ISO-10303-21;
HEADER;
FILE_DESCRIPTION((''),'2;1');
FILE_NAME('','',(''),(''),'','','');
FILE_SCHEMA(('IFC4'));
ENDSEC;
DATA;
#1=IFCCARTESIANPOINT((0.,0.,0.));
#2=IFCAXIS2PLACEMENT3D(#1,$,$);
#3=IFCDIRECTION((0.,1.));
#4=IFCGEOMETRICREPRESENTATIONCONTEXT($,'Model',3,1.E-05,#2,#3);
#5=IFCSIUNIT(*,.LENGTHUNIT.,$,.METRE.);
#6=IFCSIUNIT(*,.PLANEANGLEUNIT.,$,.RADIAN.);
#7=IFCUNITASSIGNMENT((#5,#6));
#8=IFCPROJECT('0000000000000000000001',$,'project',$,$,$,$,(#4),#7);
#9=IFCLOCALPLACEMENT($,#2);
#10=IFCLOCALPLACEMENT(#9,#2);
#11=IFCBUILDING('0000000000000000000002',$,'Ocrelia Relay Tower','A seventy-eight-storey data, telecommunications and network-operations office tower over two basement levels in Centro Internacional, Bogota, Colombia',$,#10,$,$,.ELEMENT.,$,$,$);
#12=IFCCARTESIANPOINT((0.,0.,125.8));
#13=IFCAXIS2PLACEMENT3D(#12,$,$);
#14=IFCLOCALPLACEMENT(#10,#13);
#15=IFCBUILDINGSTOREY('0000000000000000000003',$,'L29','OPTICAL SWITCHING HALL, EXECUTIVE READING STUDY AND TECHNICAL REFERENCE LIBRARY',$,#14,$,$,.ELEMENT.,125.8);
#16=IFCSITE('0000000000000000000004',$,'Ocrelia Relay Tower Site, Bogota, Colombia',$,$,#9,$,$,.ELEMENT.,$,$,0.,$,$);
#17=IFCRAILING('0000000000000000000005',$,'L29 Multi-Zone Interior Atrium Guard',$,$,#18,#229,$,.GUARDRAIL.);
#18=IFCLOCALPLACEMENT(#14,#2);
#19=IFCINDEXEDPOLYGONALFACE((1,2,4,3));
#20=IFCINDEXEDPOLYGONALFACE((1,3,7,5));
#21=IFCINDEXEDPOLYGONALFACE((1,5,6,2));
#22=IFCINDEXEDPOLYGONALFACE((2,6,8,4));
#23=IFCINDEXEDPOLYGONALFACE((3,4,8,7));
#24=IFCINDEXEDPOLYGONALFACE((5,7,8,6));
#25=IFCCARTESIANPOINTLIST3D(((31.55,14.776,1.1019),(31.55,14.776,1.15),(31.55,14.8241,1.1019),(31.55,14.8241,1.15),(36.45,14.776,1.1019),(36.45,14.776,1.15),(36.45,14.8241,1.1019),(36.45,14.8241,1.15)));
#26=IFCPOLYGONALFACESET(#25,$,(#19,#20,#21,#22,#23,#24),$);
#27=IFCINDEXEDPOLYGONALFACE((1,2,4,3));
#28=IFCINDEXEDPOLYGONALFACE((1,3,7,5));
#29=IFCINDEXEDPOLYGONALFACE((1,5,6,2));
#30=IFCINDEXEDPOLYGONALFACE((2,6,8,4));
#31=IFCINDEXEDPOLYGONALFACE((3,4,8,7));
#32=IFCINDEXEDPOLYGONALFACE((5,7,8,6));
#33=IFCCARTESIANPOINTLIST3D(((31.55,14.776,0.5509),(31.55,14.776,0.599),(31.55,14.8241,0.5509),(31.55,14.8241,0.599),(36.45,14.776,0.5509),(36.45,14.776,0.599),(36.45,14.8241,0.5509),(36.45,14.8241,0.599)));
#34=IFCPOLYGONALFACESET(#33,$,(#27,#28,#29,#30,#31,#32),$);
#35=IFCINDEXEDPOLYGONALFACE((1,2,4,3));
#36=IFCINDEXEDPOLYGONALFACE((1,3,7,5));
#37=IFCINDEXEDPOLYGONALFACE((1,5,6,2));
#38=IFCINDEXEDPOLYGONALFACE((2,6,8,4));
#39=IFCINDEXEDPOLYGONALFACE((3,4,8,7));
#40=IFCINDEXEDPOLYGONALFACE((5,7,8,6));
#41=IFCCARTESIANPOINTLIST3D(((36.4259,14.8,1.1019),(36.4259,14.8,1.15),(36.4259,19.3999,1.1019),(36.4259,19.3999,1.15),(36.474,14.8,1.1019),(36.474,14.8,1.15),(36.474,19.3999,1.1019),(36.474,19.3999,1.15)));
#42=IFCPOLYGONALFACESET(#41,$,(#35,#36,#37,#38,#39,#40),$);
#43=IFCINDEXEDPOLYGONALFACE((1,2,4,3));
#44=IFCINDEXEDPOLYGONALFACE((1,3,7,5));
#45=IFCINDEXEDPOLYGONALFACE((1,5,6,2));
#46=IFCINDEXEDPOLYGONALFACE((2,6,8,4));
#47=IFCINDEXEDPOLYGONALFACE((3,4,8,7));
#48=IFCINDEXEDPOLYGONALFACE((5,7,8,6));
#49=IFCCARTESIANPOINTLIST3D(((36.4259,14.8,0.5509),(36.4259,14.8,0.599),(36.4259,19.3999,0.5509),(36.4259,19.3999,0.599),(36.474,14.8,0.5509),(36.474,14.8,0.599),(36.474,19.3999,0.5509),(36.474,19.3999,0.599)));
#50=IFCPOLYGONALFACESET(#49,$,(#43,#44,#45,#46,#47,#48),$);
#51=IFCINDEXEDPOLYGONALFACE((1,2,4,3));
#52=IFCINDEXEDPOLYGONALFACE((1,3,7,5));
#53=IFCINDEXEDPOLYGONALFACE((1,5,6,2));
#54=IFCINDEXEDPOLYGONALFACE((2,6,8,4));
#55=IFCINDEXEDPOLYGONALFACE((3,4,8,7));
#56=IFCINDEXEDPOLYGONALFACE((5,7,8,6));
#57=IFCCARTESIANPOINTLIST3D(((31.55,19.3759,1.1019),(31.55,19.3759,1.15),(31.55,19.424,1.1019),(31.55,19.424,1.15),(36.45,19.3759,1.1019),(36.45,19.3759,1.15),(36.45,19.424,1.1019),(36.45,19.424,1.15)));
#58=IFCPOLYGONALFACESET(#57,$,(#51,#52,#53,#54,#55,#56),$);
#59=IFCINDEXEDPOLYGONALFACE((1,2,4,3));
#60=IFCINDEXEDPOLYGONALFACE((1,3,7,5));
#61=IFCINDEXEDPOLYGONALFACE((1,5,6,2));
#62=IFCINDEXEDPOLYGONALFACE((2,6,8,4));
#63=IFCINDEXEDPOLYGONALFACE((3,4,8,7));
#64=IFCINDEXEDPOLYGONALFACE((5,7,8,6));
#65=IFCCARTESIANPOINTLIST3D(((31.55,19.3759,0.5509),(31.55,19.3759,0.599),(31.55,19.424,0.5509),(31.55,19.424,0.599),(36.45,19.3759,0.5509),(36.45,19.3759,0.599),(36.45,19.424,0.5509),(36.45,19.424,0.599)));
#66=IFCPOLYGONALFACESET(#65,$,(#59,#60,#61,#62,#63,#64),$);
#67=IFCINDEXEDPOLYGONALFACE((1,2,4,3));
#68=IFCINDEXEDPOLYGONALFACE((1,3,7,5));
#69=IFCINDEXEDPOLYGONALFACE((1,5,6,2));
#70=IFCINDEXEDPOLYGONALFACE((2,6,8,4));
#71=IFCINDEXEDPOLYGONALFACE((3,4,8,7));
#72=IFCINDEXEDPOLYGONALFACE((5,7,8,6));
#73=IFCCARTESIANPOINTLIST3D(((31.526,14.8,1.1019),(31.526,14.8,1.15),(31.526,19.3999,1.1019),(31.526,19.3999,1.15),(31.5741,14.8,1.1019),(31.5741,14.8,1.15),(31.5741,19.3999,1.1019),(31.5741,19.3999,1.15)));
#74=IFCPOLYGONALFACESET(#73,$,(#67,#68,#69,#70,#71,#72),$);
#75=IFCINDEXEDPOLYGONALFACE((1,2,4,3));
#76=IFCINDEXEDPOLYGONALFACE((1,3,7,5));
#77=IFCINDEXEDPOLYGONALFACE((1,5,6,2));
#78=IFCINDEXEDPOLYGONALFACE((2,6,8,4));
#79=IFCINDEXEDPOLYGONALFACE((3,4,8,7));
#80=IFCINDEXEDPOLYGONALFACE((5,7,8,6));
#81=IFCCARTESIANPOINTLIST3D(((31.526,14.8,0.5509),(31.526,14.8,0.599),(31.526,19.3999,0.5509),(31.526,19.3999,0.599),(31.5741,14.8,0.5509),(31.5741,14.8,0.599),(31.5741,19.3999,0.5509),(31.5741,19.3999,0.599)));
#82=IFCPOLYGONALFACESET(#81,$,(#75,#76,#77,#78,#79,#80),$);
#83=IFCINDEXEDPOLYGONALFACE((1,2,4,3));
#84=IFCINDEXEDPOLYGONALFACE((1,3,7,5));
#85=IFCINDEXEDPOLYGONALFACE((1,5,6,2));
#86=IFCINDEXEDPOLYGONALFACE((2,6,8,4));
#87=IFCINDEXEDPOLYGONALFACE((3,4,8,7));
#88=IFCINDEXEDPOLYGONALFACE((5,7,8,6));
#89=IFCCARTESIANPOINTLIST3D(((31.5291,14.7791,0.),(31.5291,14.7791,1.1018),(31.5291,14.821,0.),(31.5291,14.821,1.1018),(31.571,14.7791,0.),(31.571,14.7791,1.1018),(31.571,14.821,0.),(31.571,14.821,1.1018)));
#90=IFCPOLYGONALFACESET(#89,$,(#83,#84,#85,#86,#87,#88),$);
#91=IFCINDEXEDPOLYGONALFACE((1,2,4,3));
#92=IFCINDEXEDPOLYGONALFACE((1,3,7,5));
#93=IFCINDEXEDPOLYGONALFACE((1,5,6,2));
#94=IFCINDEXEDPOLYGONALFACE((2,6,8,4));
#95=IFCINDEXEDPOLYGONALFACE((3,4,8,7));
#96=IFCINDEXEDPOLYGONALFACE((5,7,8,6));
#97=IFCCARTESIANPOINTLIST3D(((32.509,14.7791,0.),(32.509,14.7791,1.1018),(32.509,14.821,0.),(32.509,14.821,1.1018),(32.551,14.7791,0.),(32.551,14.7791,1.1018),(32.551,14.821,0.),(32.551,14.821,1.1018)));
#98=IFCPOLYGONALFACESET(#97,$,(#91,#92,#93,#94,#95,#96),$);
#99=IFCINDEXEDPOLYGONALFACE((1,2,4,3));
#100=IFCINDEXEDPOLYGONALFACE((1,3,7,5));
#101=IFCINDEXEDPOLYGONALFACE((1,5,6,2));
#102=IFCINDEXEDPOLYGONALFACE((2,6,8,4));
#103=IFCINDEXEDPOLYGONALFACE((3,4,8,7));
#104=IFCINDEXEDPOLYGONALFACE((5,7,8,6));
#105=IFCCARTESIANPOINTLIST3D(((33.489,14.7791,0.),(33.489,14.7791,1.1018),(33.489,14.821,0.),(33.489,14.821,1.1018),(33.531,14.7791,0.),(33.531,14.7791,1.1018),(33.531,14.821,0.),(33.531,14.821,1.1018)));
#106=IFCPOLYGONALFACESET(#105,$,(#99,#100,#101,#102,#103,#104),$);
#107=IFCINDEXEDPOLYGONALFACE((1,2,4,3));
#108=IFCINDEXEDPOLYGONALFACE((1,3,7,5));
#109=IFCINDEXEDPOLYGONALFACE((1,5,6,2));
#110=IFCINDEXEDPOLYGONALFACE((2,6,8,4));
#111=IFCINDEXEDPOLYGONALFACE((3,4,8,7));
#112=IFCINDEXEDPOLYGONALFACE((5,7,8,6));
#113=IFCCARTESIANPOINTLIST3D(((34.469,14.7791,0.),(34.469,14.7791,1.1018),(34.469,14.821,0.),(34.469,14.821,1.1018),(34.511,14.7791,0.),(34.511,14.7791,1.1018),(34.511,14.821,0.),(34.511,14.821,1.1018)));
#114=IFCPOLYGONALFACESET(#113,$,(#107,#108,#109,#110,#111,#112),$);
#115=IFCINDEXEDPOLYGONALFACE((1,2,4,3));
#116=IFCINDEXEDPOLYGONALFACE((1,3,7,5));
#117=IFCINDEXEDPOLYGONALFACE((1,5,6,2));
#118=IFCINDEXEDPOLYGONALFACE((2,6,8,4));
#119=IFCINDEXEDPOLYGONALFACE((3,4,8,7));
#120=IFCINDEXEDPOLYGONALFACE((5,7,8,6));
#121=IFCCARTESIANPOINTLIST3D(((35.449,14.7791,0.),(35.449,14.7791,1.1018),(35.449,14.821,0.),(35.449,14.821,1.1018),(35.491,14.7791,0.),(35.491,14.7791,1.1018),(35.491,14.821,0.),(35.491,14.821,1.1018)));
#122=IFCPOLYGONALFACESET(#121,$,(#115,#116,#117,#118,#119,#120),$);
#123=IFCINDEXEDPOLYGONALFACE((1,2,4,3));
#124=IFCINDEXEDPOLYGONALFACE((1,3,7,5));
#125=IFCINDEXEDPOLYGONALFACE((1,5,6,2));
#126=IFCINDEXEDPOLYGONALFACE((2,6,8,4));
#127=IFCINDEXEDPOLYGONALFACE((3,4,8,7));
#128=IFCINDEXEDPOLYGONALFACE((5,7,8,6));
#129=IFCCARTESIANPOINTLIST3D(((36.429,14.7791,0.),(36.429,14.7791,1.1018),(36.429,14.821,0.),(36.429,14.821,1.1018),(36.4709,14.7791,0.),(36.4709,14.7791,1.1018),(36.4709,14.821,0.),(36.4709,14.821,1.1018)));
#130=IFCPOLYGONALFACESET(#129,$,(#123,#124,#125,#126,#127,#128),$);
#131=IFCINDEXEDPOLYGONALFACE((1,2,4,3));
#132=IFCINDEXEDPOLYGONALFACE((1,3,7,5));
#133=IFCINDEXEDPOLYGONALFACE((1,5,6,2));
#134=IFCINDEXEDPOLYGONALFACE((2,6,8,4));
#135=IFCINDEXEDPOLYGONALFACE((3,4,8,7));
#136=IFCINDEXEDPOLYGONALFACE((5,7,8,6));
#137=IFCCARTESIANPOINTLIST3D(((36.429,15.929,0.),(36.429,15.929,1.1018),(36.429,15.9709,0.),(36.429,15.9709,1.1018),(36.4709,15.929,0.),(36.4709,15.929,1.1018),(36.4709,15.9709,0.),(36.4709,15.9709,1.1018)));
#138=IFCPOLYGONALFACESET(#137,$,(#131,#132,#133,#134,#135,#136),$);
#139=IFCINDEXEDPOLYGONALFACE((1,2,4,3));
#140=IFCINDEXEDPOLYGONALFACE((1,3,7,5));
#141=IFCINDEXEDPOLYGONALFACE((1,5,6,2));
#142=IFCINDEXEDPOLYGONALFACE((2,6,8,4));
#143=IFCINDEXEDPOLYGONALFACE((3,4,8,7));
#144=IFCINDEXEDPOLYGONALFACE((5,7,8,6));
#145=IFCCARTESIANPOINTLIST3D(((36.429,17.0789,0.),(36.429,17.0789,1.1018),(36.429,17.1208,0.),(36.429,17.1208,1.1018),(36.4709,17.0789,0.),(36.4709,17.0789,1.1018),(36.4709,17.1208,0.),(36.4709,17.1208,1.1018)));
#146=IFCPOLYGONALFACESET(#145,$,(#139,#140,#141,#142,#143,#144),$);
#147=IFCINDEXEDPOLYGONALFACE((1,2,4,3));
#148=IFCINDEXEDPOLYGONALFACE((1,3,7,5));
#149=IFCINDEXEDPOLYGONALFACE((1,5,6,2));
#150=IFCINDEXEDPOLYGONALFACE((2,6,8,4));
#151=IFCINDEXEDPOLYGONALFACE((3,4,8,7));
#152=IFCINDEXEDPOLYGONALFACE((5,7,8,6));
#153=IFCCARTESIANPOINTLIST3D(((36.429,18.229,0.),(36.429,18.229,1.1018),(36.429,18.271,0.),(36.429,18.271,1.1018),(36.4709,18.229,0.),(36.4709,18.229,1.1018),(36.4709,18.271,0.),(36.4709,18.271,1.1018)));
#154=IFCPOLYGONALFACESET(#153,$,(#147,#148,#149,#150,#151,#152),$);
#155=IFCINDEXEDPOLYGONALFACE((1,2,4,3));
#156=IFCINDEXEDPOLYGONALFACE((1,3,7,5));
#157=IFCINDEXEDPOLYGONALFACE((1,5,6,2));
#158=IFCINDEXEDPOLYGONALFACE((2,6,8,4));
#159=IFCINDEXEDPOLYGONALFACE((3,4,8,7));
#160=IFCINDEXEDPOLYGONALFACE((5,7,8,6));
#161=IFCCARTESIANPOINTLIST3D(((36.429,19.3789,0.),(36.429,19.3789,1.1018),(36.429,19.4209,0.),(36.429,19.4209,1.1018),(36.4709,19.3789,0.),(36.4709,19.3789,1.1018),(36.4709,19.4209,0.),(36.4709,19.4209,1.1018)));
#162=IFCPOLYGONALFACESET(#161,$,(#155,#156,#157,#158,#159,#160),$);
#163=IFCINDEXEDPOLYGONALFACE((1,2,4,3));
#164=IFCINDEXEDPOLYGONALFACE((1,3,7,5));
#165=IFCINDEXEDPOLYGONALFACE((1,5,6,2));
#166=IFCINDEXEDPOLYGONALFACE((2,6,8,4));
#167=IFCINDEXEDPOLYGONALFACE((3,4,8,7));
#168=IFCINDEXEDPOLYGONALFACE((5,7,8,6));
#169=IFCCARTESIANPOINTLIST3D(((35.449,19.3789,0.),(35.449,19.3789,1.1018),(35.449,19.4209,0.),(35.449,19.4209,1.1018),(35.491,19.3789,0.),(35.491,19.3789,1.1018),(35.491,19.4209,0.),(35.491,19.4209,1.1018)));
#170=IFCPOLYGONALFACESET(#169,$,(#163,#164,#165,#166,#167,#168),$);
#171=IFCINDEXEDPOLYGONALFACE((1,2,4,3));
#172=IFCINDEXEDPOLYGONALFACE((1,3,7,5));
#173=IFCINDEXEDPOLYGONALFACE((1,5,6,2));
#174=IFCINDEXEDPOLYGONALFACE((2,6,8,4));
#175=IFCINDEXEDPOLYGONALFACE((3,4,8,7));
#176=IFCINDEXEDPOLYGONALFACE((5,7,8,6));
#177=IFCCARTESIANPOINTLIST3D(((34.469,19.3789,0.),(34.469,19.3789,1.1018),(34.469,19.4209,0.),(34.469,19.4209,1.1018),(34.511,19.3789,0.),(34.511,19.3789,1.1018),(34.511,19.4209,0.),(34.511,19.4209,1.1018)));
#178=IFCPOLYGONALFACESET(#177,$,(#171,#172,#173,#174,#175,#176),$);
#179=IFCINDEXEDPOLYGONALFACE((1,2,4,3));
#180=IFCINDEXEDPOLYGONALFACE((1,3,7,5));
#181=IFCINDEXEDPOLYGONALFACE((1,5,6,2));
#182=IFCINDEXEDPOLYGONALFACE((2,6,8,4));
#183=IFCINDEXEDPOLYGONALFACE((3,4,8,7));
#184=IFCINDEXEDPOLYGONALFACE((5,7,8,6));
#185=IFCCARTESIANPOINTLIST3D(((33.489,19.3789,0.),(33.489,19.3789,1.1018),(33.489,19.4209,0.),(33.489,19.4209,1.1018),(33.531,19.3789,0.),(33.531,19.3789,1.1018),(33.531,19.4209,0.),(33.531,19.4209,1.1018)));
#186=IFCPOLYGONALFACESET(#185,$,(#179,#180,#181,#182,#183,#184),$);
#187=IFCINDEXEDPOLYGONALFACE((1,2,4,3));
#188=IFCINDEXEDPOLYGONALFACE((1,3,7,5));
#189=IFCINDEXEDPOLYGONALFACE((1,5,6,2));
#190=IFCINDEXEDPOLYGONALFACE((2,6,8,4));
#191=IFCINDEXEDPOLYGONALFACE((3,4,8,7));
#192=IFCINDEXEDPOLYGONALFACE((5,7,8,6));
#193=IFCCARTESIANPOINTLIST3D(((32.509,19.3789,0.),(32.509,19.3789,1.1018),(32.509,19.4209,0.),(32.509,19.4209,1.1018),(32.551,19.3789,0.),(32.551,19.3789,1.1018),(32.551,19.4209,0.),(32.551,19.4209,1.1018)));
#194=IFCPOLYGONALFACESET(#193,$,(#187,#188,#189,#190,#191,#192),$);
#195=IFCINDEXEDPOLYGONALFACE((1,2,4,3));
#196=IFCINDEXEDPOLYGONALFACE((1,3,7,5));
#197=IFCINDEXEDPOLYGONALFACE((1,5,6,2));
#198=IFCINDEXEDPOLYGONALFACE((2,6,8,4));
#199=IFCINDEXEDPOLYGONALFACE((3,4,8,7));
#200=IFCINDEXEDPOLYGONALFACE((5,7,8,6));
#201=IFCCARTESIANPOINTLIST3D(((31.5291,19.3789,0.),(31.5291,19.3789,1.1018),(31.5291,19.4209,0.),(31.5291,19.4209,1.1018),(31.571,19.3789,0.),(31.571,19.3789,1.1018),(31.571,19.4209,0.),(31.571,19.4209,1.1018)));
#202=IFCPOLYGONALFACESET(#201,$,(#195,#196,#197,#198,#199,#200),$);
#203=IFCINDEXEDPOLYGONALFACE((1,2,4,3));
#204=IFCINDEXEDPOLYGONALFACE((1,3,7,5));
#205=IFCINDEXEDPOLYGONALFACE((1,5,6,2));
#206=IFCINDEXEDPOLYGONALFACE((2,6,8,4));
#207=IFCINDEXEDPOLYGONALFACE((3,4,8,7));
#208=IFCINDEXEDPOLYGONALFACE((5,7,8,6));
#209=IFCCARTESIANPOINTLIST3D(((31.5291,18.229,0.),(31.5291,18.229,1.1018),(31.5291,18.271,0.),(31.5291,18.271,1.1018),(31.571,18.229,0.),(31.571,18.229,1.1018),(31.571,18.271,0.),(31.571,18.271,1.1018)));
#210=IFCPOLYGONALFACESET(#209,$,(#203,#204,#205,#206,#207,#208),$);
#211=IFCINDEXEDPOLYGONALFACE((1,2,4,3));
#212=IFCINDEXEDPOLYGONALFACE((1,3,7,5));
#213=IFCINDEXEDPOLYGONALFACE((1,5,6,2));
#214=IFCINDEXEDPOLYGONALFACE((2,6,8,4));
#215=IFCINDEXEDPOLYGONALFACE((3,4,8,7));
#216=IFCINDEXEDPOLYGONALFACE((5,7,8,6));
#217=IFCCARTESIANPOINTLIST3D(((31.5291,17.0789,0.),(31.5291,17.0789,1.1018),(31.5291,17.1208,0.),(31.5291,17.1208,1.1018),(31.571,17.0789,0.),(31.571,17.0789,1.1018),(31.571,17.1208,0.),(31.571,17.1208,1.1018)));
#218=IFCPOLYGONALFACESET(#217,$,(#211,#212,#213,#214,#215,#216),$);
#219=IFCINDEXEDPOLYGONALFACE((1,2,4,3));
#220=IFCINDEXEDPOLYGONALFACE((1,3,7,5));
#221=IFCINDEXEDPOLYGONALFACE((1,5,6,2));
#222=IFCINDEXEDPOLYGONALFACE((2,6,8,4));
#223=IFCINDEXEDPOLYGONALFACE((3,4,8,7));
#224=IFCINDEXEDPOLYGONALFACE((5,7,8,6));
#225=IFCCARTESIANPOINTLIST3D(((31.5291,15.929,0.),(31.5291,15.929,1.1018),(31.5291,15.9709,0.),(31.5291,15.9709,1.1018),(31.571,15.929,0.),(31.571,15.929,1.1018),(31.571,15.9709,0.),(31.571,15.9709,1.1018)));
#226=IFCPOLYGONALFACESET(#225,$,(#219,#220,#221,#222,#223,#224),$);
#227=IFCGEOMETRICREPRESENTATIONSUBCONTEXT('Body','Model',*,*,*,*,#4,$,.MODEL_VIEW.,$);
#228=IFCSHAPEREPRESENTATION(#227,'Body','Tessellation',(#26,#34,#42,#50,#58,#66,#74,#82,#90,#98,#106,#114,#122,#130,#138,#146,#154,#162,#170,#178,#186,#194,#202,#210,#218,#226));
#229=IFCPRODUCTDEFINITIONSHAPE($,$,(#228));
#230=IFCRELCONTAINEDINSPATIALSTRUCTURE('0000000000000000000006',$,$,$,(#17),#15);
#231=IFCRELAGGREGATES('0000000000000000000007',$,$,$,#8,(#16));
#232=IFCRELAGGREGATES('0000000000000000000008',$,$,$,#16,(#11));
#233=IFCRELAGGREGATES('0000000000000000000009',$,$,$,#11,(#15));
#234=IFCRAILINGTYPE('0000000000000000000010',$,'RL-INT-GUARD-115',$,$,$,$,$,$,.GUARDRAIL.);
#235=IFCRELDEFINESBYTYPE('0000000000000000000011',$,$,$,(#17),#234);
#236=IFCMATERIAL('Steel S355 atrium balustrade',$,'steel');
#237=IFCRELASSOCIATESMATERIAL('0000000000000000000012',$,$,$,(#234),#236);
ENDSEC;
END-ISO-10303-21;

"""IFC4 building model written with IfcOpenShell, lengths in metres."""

from ifc_helpers import new_model, si_unit, direction, frame, origin, origin_2d, place, context, subcontext, project, spatial, rectangle, extrude, material, type_object, element, save


model = new_model("IFC4")

# Units and contexts
model_context = context("Model", 3, precision=1e-05, world=origin(), true_north=direction((0.0, 1.0)))
body_context = subcontext(model_context, "Body", "Model", "MODEL_VIEW")
ifc_project = project(units=[si_unit("LENGTHUNIT", "METRE"), si_unit("PLANEANGLEUNIT", "RADIAN")], contexts=[model_context])

# Site, building, storey
site_placement = place(None, origin())
site = spatial("IfcSite", under=ifc_project, at=site_placement, Name="Ocrelia Relay Tower Site, Bogota, Colombia", CompositionType="ELEMENT", RefElevation=0.0)
building_placement = place(site_placement, origin())
building = spatial("IfcBuilding", under=site, at=building_placement, Name="Ocrelia Relay Tower", Description="A seventy-eight-storey data, telecommunications and network-operations office tower over two basement levels in Centro Internacional, Bogota, Colombia", CompositionType="ELEMENT")
storey_placement = place(building_placement, frame((0.0, 0.0, 125.8)))
storey = spatial("IfcBuildingStorey", under=building, at=storey_placement, Name="L29", Description="OPTICAL SWITCHING HALL, EXECUTIVE READING STUDY AND TECHNICAL REFERENCE LIBRARY", CompositionType="ELEMENT", Elevation=125.8)

# Railing
ifc_material_1 = material(Name="Steel S355 atrium balustrade", Category="steel")
railing_type_1 = type_object("IfcRailingType", Name="RL-INT-GUARD-115", PredefinedType="GUARDRAIL", material=ifc_material_1)
railing_1_placement = place(storey_placement, frame((31.55, 14.8, 0.0)))
element("IfcRailing", 1, at=railing_1_placement, inside=storey, type_object=railing_type_1, Name="L29 Multi-Zone Interior Atrium Guard", PredefinedType="GUARDRAIL", context=body_context, shape_type="SweptSolid", body=[
    extrude(rectangle(XDim=0.0481, YDim=0.0481, at=origin_2d()), frame((0.0, 0.0, 1.126), z_axis=(1.0, 0.0, 0.0), x_axis=(0.0, 1.0, 0.0)), (0.0, 0.0, 1.0), 4.8999),
    extrude(rectangle(XDim=0.0481, YDim=0.0481, at=origin_2d()), frame((0.0, 0.0, 0.575), z_axis=(1.0, 0.0, 0.0), x_axis=(0.0, 1.0, 0.0)), (0.0, 0.0, 1.0), 4.8999),
    extrude(rectangle(XDim=0.0481, YDim=0.0481, at=origin_2d()), frame((4.8999, 0.0, 1.126), z_axis=(0.0, 1.0, 0.0), x_axis=(-1.0, 0.0, 0.0)), (0.0, 0.0, 1.0), 4.5999),
    extrude(rectangle(XDim=0.0481, YDim=0.0481, at=origin_2d()), frame((4.8999, 0.0, 0.575), z_axis=(0.0, 1.0, 0.0), x_axis=(-1.0, 0.0, 0.0)), (0.0, 0.0, 1.0), 4.5999),
    extrude(rectangle(XDim=0.0481, YDim=0.0481, at=origin_2d()), frame((4.8999, 4.5999, 1.126), z_axis=(-1.0, 0.0, 0.0), x_axis=(0.0, -1.0, 0.0)), (0.0, 0.0, 1.0), 4.8999),
    extrude(rectangle(XDim=0.0481, YDim=0.0481, at=origin_2d()), frame((4.8999, 4.5999, 0.575), z_axis=(-1.0, 0.0, 0.0), x_axis=(0.0, -1.0, 0.0)), (0.0, 0.0, 1.0), 4.8999),
    extrude(rectangle(XDim=0.0481, YDim=0.0481, at=origin_2d()), frame((0.0, 4.5999, 1.126), z_axis=(0.0, -1.0, 0.0), x_axis=(1.0, 0.0, 0.0)), (0.0, 0.0, 1.0), 4.5999),
    extrude(rectangle(XDim=0.0481, YDim=0.0481, at=origin_2d()), frame((0.0, 4.5999, 0.575), z_axis=(0.0, -1.0, 0.0), x_axis=(1.0, 0.0, 0.0)), (0.0, 0.0, 1.0), 4.5999),
    extrude(rectangle(XDim=0.042, YDim=0.042, at=origin_2d()), origin(), (0.0, 0.0, 1.0), 1.1018),
    extrude(rectangle(XDim=0.042, YDim=0.042, at=origin_2d()), frame((0.98, 0.0, 0.0)), (0.0, 0.0, 1.0), 1.1018),
    extrude(rectangle(XDim=0.042, YDim=0.042, at=origin_2d()), frame((1.96, 0.0, 0.0)), (0.0, 0.0, 1.0), 1.1018),
    extrude(rectangle(XDim=0.042, YDim=0.042, at=origin_2d()), frame((2.9399, 0.0, 0.0)), (0.0, 0.0, 1.0), 1.1018),
    extrude(rectangle(XDim=0.042, YDim=0.042, at=origin_2d()), frame((3.9199, 0.0, 0.0)), (0.0, 0.0, 1.0), 1.1018),
    extrude(rectangle(XDim=0.042, YDim=0.042, at=origin_2d()), frame((4.8999, 0.0, 0.0)), (0.0, 0.0, 1.0), 1.1018),
    extrude(rectangle(XDim=0.042, YDim=0.042, at=origin_2d()), frame((4.8999, 1.1499, 0.0)), (0.0, 0.0, 1.0), 1.1018),
    extrude(rectangle(XDim=0.042, YDim=0.042, at=origin_2d()), frame((4.8999, 2.2998, 0.0)), (0.0, 0.0, 1.0), 1.1018),
    extrude(rectangle(XDim=0.042, YDim=0.042, at=origin_2d()), frame((4.8999, 3.45, 0.0)), (0.0, 0.0, 1.0), 1.1018),
    extrude(rectangle(XDim=0.042, YDim=0.042, at=origin_2d()), frame((4.8999, 4.5999, 0.0)), (0.0, 0.0, 1.0), 1.1018),
    extrude(rectangle(XDim=0.042, YDim=0.042, at=origin_2d()), frame((3.9199, 4.5999, 0.0)), (0.0, 0.0, 1.0), 1.1018),
    extrude(rectangle(XDim=0.042, YDim=0.042, at=origin_2d()), frame((2.9399, 4.5999, 0.0)), (0.0, 0.0, 1.0), 1.1018),
    extrude(rectangle(XDim=0.042, YDim=0.042, at=origin_2d()), frame((1.96, 4.5999, 0.0)), (0.0, 0.0, 1.0), 1.1018),
    extrude(rectangle(XDim=0.042, YDim=0.042, at=origin_2d()), frame((0.98, 4.5999, 0.0)), (0.0, 0.0, 1.0), 1.1018),
    extrude(rectangle(XDim=0.042, YDim=0.042, at=origin_2d()), frame((0.0, 4.5999, 0.0)), (0.0, 0.0, 1.0), 1.1018),
    extrude(rectangle(XDim=0.042, YDim=0.042, at=origin_2d()), frame((0.0, 3.45, 0.0)), (0.0, 0.0, 1.0), 1.1018),
    extrude(rectangle(XDim=0.042, YDim=0.042, at=origin_2d()), frame((0.0, 2.2998, 0.0)), (0.0, 0.0, 1.0), 1.1018),
    extrude(rectangle(XDim=0.042, YDim=0.042, at=origin_2d()), frame((0.0, 1.1499, 0.0)), (0.0, 0.0, 1.0), 1.1018),
])

save(model, "model.ifc")
